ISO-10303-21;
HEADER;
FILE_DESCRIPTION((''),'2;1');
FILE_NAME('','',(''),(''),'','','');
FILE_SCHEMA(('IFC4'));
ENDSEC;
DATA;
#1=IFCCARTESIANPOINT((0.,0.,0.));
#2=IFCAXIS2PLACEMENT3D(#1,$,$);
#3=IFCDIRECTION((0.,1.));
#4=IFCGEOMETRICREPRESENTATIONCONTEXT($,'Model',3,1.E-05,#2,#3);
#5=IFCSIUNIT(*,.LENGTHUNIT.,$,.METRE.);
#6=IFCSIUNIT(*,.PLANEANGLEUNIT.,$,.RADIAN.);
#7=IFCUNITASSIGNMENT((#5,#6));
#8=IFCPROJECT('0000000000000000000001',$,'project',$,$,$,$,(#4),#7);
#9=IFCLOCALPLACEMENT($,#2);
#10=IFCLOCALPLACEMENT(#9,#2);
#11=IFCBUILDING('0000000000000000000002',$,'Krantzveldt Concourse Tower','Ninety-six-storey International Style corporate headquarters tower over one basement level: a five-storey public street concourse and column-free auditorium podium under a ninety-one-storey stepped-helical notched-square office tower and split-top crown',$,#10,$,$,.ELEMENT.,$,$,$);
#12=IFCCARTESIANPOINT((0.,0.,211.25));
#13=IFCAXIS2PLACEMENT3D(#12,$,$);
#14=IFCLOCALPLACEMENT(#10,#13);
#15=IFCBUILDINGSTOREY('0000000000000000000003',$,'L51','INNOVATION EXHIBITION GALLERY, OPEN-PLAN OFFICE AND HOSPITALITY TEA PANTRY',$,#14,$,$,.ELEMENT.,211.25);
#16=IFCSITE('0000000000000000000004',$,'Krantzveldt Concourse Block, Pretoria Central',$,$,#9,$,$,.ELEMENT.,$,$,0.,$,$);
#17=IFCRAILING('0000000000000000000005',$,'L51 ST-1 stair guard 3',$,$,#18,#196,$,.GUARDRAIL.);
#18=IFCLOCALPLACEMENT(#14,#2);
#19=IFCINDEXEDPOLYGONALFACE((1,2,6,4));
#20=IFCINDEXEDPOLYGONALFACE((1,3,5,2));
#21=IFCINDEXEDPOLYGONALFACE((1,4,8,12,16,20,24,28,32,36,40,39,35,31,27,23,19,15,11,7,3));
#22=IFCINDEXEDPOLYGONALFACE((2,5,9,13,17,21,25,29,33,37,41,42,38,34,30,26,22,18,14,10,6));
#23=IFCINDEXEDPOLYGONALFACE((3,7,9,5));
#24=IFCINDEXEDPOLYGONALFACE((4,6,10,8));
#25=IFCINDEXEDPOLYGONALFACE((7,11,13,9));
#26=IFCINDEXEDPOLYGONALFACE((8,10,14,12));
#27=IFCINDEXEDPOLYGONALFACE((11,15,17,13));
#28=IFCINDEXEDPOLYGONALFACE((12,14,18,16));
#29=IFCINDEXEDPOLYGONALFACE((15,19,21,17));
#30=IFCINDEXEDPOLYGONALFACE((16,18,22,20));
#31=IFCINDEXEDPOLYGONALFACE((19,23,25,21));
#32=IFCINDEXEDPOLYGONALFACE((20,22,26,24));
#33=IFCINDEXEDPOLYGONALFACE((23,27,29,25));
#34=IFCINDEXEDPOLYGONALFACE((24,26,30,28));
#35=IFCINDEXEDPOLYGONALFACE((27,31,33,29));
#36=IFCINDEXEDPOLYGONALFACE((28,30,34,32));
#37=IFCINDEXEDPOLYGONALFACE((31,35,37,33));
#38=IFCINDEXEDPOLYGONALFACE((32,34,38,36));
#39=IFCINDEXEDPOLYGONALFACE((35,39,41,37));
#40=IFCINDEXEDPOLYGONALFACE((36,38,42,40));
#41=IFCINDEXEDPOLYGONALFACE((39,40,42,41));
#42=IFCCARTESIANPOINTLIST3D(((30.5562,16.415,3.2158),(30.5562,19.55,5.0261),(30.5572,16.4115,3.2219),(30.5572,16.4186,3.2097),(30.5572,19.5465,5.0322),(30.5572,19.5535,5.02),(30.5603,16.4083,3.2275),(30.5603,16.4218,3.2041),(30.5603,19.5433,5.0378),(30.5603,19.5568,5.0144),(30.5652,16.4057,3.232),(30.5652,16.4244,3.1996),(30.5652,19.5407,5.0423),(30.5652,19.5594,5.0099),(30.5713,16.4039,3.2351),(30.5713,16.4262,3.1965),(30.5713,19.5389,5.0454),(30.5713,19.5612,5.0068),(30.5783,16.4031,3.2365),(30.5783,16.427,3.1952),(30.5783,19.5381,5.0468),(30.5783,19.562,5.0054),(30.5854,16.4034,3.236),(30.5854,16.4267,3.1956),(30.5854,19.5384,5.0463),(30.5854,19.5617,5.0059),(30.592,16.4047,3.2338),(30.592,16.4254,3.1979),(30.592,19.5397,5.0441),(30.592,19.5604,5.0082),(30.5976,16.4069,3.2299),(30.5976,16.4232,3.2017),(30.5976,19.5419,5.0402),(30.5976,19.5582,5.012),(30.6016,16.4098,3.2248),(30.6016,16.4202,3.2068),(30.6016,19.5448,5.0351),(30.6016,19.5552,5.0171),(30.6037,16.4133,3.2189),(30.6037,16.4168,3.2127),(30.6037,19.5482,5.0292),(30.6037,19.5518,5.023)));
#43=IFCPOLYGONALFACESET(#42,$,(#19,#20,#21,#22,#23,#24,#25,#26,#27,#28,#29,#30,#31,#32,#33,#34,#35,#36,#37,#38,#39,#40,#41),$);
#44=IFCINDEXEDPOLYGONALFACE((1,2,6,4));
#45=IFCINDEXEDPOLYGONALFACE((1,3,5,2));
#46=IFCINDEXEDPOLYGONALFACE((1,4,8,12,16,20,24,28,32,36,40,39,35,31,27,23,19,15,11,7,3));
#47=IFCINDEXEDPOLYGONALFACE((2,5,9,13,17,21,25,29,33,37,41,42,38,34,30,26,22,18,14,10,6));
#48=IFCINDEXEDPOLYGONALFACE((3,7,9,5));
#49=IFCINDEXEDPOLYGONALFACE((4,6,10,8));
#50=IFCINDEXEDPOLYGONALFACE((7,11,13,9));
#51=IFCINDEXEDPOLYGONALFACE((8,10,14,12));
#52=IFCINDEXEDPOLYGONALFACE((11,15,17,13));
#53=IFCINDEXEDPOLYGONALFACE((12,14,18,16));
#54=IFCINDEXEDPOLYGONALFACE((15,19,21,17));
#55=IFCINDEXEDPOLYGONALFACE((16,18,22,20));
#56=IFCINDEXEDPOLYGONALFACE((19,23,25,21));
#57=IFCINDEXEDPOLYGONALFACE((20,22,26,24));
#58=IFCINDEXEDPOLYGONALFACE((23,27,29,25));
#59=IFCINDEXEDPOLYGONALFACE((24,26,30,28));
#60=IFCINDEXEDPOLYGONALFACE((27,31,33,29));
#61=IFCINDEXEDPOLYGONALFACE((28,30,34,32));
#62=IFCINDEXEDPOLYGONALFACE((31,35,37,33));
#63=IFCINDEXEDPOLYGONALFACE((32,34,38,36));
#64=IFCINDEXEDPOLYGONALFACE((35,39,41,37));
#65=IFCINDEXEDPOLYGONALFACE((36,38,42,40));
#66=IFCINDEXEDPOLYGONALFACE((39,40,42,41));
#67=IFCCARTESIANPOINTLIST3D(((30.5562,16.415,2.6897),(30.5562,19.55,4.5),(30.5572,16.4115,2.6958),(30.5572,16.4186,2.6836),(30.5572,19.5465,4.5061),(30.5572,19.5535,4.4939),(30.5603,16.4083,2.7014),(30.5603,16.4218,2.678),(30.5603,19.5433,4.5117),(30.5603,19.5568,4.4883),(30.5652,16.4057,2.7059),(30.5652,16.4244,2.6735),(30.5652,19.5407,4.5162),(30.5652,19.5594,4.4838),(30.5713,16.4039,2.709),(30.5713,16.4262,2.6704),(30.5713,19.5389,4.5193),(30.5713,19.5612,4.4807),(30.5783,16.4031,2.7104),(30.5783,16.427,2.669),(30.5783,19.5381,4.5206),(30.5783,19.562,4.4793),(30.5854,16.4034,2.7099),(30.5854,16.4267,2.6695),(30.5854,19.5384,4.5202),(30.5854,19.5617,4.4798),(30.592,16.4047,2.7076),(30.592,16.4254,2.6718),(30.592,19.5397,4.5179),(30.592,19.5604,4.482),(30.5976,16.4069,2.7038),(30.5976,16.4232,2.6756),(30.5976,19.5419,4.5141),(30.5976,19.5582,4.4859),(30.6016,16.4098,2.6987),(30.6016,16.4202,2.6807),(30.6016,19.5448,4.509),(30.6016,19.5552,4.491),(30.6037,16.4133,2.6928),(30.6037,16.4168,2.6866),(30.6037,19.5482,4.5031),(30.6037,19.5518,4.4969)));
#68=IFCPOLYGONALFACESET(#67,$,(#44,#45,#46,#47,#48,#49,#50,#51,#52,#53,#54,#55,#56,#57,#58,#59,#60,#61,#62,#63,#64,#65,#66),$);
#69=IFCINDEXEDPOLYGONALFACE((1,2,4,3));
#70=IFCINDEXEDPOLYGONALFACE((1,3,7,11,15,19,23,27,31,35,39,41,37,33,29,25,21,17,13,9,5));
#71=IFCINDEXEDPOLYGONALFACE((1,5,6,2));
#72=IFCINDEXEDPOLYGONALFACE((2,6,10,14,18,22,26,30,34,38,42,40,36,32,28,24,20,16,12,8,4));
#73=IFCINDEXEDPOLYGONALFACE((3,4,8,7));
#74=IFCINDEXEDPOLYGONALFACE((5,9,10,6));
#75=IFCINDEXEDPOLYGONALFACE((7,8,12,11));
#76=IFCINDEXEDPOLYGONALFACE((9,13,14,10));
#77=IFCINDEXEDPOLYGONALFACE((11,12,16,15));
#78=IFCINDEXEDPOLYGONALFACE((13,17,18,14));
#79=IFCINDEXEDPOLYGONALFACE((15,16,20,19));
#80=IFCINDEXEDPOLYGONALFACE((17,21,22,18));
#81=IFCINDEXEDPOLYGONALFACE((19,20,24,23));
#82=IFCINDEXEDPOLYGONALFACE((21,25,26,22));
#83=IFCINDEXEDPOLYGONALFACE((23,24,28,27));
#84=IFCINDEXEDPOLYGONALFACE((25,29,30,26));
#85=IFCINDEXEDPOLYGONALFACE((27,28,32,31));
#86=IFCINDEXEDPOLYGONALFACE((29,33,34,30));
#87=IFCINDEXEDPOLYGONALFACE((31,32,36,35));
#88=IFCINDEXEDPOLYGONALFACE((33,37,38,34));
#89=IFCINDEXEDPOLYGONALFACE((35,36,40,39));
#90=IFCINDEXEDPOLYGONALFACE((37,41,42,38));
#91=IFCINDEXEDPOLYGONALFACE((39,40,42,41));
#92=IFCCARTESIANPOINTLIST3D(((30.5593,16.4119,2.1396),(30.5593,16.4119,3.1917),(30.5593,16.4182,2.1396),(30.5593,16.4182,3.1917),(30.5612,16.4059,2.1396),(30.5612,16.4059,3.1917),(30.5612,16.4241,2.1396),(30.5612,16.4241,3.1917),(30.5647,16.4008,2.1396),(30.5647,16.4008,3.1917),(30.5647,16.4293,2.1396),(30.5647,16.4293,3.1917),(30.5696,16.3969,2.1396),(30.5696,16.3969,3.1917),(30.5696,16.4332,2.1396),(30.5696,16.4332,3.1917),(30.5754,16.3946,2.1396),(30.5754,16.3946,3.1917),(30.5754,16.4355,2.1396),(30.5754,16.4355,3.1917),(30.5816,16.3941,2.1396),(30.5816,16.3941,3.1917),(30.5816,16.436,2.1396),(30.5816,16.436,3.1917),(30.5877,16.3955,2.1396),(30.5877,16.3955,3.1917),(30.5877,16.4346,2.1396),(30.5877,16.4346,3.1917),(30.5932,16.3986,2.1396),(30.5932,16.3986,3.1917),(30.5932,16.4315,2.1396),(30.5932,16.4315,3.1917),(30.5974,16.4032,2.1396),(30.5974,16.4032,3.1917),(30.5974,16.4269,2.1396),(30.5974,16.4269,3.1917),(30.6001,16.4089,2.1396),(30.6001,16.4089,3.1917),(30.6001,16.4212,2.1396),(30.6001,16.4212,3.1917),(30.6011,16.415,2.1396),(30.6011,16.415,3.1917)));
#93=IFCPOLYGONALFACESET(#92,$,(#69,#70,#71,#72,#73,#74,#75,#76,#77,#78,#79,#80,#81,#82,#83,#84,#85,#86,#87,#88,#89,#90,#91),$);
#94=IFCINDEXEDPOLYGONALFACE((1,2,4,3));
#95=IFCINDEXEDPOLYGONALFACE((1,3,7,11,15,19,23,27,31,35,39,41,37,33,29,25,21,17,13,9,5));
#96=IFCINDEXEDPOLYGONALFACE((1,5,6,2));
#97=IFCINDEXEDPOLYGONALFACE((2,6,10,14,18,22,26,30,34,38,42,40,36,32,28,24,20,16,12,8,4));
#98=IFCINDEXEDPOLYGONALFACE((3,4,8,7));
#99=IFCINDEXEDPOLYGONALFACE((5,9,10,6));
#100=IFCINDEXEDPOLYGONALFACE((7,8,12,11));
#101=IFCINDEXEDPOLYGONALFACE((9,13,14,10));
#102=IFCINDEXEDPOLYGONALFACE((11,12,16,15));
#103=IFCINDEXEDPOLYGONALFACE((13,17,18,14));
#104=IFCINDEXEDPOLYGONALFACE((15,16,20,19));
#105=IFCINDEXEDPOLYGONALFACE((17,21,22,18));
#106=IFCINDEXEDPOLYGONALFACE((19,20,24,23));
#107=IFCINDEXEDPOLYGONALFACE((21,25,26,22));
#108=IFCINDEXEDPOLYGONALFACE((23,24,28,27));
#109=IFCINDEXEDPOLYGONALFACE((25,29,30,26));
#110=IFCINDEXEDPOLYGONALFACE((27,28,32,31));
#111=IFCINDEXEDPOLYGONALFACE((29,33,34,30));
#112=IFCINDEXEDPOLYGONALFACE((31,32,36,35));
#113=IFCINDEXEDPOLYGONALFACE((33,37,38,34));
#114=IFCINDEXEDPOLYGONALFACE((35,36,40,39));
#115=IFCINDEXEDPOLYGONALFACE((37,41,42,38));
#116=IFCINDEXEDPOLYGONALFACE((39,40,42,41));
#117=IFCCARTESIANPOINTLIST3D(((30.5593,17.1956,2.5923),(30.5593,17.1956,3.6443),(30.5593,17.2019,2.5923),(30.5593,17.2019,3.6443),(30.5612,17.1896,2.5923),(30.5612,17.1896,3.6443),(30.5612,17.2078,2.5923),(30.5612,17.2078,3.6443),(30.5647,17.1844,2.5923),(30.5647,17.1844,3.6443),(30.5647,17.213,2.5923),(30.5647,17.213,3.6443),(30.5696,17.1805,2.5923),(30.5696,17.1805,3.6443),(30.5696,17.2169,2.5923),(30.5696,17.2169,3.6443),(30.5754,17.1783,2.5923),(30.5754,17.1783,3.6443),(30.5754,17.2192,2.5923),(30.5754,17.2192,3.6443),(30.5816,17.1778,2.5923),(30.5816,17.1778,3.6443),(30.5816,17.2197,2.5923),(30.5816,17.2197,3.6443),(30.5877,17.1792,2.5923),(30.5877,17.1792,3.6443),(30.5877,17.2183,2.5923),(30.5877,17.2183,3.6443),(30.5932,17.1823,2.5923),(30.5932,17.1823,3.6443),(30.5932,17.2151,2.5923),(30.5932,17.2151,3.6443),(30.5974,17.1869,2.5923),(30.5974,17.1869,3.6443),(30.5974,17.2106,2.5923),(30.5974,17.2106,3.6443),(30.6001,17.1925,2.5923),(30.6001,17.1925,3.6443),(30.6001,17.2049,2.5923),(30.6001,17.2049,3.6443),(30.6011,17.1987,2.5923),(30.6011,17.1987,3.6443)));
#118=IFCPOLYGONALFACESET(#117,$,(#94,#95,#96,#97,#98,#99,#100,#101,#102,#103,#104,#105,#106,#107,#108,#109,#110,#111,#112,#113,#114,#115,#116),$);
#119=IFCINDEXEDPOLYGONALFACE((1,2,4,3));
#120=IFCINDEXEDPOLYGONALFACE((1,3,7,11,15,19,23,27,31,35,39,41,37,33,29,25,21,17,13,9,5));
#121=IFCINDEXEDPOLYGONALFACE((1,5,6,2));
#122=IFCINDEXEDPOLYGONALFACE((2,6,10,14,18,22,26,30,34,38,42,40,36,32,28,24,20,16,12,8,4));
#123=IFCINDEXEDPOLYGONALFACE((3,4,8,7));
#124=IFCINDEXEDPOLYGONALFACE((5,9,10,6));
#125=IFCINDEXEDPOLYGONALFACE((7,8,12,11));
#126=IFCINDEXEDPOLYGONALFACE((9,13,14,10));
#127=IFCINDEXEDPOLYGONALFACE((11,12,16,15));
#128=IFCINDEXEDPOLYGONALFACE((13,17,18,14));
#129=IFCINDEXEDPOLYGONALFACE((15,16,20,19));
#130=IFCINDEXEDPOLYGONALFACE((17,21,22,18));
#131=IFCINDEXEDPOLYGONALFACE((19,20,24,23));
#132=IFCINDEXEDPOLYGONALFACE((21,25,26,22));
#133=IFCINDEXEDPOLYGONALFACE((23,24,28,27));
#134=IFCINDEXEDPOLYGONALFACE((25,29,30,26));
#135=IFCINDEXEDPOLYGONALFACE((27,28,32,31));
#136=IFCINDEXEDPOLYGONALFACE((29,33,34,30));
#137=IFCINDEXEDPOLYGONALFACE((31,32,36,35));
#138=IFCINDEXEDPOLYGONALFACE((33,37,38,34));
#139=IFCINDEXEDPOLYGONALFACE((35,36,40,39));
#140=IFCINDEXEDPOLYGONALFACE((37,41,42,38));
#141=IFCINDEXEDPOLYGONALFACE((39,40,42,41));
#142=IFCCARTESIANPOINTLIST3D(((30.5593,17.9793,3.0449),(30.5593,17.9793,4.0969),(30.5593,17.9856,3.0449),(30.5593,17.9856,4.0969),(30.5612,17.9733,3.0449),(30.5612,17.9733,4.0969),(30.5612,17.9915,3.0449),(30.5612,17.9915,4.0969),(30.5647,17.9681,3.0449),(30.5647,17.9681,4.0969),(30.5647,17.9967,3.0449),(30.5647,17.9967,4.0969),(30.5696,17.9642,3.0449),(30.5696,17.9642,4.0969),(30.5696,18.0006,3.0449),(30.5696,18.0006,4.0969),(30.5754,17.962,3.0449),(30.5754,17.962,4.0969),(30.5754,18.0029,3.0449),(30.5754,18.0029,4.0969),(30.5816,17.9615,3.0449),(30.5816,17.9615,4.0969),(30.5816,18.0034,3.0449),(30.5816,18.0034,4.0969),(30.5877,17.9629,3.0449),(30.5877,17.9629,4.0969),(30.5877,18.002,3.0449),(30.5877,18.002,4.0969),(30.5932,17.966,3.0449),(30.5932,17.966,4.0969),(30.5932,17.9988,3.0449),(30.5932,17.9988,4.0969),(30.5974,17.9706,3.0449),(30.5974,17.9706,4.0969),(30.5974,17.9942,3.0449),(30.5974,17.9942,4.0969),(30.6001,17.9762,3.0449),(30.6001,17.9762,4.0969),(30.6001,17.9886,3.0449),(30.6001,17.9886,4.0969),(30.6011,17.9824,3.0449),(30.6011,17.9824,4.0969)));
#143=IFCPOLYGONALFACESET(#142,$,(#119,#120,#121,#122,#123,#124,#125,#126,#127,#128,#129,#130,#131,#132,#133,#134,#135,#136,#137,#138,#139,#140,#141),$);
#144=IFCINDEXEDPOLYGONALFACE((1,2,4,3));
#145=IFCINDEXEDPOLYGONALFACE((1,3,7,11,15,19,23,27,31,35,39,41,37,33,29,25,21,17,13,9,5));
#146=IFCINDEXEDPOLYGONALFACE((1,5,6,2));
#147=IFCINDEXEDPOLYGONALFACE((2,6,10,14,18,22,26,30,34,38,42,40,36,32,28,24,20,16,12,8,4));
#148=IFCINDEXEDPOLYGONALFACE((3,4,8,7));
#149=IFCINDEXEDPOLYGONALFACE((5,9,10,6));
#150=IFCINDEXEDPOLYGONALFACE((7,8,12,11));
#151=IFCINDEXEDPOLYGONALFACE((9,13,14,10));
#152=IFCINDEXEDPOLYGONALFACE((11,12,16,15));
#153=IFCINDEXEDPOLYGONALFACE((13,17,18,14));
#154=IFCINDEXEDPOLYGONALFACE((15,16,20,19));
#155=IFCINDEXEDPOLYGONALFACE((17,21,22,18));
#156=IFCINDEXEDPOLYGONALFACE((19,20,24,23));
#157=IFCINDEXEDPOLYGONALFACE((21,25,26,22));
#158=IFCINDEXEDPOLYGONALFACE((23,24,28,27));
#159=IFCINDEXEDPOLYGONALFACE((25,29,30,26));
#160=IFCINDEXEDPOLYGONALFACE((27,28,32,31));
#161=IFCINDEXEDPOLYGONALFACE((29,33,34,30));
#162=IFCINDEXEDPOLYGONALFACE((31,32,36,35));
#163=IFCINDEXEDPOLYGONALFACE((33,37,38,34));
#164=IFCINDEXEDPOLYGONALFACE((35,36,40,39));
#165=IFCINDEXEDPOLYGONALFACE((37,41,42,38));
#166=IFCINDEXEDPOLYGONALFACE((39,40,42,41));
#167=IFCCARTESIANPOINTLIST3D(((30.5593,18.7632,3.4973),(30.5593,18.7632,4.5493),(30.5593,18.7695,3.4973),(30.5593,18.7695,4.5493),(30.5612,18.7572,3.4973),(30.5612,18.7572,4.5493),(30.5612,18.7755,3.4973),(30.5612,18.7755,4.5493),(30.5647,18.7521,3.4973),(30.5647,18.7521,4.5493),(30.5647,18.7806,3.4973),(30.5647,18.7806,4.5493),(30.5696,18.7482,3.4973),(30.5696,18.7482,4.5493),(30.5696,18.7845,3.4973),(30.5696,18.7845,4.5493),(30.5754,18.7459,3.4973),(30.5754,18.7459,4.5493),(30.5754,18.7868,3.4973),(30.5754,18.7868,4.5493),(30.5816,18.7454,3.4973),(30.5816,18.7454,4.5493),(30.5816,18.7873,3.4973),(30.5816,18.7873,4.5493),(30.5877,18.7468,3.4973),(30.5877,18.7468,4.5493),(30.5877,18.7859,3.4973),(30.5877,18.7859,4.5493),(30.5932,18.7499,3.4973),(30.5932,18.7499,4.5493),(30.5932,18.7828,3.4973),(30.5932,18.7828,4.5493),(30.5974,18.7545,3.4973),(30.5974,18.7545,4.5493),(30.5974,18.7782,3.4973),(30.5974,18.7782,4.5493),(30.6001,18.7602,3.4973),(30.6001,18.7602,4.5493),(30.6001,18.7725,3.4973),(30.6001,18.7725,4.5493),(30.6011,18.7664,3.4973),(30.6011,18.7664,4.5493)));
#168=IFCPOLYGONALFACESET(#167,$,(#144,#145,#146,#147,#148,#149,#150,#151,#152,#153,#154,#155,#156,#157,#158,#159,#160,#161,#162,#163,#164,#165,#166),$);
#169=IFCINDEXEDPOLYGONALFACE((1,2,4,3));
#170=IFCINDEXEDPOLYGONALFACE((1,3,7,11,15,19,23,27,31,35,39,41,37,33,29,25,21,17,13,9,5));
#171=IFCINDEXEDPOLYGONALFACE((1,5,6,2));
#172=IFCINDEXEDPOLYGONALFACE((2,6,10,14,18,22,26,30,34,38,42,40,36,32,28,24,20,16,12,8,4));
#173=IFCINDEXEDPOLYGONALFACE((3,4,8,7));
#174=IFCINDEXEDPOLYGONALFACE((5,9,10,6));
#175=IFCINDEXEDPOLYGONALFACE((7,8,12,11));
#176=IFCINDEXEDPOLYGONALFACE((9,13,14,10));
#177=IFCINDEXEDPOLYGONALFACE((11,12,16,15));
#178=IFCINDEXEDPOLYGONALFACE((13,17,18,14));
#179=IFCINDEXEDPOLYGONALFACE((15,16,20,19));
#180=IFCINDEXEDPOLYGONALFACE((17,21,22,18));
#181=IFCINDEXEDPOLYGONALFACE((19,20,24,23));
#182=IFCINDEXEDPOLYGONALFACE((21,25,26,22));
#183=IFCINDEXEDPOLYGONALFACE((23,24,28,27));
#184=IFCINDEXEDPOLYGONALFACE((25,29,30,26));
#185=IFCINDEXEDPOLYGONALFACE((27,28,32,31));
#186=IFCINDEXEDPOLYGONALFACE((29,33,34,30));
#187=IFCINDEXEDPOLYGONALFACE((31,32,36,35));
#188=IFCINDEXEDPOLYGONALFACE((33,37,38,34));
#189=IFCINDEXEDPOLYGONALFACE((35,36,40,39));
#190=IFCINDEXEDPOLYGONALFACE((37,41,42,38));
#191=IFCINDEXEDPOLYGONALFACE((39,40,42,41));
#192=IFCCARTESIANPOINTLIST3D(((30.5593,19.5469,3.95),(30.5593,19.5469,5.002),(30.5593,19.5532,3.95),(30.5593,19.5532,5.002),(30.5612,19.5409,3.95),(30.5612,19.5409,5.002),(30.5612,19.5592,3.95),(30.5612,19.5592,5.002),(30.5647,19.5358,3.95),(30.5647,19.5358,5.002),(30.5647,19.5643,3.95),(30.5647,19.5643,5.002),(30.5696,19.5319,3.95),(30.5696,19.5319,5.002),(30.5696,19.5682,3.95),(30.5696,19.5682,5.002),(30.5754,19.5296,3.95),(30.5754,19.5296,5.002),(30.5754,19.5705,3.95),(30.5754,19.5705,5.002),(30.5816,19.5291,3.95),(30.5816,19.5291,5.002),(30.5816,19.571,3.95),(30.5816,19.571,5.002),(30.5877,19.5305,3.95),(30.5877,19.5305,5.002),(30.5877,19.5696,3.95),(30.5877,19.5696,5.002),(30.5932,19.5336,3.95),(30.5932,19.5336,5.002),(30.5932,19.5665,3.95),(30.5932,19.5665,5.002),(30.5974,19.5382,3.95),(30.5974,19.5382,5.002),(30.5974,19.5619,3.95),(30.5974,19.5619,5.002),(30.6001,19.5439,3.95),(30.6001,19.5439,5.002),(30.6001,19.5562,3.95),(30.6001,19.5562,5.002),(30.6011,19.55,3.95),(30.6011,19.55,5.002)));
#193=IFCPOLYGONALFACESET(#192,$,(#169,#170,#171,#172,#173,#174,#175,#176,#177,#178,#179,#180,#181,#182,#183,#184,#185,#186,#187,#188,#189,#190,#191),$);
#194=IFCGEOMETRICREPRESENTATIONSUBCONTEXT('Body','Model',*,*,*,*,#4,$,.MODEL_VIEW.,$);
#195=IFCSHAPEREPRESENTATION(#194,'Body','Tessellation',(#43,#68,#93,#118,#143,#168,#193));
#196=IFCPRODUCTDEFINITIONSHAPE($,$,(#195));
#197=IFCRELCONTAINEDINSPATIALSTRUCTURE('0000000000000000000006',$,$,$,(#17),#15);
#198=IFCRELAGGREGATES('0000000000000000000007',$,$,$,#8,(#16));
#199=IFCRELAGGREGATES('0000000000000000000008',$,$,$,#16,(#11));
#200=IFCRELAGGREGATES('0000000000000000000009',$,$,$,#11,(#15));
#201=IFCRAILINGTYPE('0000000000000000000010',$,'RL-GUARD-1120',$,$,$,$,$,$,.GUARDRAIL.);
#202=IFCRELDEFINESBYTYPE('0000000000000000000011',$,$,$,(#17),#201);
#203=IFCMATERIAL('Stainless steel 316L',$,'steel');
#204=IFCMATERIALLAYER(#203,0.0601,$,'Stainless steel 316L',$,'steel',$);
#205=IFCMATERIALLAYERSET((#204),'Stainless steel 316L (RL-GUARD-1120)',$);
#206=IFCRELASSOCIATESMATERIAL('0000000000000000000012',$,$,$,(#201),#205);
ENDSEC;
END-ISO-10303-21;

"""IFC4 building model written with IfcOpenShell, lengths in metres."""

from ifc_helpers import new_model, si_unit, direction, frame, origin, origin_2d, place, context, subcontext, project, spatial, circle, extrude, material, layer, layer_set, type_object, element, save


model = new_model("IFC4")

# Units and contexts
model_context = context("Model", 3, precision=1e-05, world=origin(), true_north=direction((0.0, 1.0)))
body_context = subcontext(model_context, "Body", "Model", "MODEL_VIEW")
ifc_project = project(units=[si_unit("LENGTHUNIT", "METRE"), si_unit("PLANEANGLEUNIT", "RADIAN")], contexts=[model_context])

# Site, building, storey
site_placement = place(None, origin())
site = spatial("IfcSite", under=ifc_project, at=site_placement, Name="Krantzveldt Concourse Block, Pretoria Central", CompositionType="ELEMENT", RefElevation=0.0)
building_placement = place(site_placement, origin())
building = spatial("IfcBuilding", under=site, at=building_placement, Name="Krantzveldt Concourse Tower", Description="Ninety-six-storey International Style corporate headquarters tower over one basement level: a five-storey public street concourse and column-free auditorium podium under a ninety-one-storey stepped-helical notched-square office tower and split-top crown", CompositionType="ELEMENT")
storey_placement = place(building_placement, frame((0.0, 0.0, 211.25)))
storey = spatial("IfcBuildingStorey", under=building, at=storey_placement, Name="L51", Description="INNOVATION EXHIBITION GALLERY, OPEN-PLAN OFFICE AND HOSPITALITY TEA PANTRY", CompositionType="ELEMENT", Elevation=211.25)

# Shared definitions
ifc_material_1 = material(Name="Stainless steel 316L", Category="steel")

# Railing
ifc_layer_1 = layer(ifc_material_1, 0.0601, Name="Stainless steel 316L", Category="steel")
ifc_layer_set_1 = layer_set([ifc_layer_1], Name="Stainless steel 316L (RL-GUARD-1120)")
railing_type_1 = type_object("IfcRailingType", Name="RL-GUARD-1120", PredefinedType="GUARDRAIL", material=ifc_layer_set_1)
railing_1_placement = place(storey_placement, frame((30.5801, 16.415, 2.1396)))
element("IfcRailing", 1, at=railing_1_placement, inside=storey, type_object=railing_type_1, Name="L51 ST-1 stair guard 3", PredefinedType="GUARDRAIL", context=body_context, shape_type="SweptSolid", body=[
    extrude(circle(Radius=0.0239, at=origin_2d()), frame((0.0, 0.0, 1.0762), z_axis=(0.0, 0.865989, 0.500063), x_axis=(-1.0, 0.0, 0.0)), (0.0, 0.0, 1.0), 3.6201),
    extrude(circle(Radius=0.0239, at=origin_2d()), frame((0.0, 0.0, 0.55), z_axis=(0.0, 0.865989, 0.500063), x_axis=(-1.0, 0.0, 0.0)), (0.0, 0.0, 1.0), 3.6201),
    extrude(circle(Radius=0.021, at=origin_2d()), origin(), (0.0, 0.0, 1.0), 1.052),
    extrude(circle(Radius=0.021, at=origin_2d()), frame((0.0, 0.7837, 0.4526)), (0.0, 0.0, 1.0), 1.052),
    extrude(circle(Radius=0.021, at=origin_2d()), frame((0.0, 1.5674, 0.9053)), (0.0, 0.0, 1.0), 1.052),
    extrude(circle(Radius=0.021, at=origin_2d()), frame((0.0, 2.3513, 1.3577)), (0.0, 0.0, 1.0), 1.052),
    extrude(circle(Radius=0.021, at=origin_2d()), frame((0.0, 3.135, 1.8103)), (0.0, 0.0, 1.0), 1.052),
])

save(model, "model.ifc")
